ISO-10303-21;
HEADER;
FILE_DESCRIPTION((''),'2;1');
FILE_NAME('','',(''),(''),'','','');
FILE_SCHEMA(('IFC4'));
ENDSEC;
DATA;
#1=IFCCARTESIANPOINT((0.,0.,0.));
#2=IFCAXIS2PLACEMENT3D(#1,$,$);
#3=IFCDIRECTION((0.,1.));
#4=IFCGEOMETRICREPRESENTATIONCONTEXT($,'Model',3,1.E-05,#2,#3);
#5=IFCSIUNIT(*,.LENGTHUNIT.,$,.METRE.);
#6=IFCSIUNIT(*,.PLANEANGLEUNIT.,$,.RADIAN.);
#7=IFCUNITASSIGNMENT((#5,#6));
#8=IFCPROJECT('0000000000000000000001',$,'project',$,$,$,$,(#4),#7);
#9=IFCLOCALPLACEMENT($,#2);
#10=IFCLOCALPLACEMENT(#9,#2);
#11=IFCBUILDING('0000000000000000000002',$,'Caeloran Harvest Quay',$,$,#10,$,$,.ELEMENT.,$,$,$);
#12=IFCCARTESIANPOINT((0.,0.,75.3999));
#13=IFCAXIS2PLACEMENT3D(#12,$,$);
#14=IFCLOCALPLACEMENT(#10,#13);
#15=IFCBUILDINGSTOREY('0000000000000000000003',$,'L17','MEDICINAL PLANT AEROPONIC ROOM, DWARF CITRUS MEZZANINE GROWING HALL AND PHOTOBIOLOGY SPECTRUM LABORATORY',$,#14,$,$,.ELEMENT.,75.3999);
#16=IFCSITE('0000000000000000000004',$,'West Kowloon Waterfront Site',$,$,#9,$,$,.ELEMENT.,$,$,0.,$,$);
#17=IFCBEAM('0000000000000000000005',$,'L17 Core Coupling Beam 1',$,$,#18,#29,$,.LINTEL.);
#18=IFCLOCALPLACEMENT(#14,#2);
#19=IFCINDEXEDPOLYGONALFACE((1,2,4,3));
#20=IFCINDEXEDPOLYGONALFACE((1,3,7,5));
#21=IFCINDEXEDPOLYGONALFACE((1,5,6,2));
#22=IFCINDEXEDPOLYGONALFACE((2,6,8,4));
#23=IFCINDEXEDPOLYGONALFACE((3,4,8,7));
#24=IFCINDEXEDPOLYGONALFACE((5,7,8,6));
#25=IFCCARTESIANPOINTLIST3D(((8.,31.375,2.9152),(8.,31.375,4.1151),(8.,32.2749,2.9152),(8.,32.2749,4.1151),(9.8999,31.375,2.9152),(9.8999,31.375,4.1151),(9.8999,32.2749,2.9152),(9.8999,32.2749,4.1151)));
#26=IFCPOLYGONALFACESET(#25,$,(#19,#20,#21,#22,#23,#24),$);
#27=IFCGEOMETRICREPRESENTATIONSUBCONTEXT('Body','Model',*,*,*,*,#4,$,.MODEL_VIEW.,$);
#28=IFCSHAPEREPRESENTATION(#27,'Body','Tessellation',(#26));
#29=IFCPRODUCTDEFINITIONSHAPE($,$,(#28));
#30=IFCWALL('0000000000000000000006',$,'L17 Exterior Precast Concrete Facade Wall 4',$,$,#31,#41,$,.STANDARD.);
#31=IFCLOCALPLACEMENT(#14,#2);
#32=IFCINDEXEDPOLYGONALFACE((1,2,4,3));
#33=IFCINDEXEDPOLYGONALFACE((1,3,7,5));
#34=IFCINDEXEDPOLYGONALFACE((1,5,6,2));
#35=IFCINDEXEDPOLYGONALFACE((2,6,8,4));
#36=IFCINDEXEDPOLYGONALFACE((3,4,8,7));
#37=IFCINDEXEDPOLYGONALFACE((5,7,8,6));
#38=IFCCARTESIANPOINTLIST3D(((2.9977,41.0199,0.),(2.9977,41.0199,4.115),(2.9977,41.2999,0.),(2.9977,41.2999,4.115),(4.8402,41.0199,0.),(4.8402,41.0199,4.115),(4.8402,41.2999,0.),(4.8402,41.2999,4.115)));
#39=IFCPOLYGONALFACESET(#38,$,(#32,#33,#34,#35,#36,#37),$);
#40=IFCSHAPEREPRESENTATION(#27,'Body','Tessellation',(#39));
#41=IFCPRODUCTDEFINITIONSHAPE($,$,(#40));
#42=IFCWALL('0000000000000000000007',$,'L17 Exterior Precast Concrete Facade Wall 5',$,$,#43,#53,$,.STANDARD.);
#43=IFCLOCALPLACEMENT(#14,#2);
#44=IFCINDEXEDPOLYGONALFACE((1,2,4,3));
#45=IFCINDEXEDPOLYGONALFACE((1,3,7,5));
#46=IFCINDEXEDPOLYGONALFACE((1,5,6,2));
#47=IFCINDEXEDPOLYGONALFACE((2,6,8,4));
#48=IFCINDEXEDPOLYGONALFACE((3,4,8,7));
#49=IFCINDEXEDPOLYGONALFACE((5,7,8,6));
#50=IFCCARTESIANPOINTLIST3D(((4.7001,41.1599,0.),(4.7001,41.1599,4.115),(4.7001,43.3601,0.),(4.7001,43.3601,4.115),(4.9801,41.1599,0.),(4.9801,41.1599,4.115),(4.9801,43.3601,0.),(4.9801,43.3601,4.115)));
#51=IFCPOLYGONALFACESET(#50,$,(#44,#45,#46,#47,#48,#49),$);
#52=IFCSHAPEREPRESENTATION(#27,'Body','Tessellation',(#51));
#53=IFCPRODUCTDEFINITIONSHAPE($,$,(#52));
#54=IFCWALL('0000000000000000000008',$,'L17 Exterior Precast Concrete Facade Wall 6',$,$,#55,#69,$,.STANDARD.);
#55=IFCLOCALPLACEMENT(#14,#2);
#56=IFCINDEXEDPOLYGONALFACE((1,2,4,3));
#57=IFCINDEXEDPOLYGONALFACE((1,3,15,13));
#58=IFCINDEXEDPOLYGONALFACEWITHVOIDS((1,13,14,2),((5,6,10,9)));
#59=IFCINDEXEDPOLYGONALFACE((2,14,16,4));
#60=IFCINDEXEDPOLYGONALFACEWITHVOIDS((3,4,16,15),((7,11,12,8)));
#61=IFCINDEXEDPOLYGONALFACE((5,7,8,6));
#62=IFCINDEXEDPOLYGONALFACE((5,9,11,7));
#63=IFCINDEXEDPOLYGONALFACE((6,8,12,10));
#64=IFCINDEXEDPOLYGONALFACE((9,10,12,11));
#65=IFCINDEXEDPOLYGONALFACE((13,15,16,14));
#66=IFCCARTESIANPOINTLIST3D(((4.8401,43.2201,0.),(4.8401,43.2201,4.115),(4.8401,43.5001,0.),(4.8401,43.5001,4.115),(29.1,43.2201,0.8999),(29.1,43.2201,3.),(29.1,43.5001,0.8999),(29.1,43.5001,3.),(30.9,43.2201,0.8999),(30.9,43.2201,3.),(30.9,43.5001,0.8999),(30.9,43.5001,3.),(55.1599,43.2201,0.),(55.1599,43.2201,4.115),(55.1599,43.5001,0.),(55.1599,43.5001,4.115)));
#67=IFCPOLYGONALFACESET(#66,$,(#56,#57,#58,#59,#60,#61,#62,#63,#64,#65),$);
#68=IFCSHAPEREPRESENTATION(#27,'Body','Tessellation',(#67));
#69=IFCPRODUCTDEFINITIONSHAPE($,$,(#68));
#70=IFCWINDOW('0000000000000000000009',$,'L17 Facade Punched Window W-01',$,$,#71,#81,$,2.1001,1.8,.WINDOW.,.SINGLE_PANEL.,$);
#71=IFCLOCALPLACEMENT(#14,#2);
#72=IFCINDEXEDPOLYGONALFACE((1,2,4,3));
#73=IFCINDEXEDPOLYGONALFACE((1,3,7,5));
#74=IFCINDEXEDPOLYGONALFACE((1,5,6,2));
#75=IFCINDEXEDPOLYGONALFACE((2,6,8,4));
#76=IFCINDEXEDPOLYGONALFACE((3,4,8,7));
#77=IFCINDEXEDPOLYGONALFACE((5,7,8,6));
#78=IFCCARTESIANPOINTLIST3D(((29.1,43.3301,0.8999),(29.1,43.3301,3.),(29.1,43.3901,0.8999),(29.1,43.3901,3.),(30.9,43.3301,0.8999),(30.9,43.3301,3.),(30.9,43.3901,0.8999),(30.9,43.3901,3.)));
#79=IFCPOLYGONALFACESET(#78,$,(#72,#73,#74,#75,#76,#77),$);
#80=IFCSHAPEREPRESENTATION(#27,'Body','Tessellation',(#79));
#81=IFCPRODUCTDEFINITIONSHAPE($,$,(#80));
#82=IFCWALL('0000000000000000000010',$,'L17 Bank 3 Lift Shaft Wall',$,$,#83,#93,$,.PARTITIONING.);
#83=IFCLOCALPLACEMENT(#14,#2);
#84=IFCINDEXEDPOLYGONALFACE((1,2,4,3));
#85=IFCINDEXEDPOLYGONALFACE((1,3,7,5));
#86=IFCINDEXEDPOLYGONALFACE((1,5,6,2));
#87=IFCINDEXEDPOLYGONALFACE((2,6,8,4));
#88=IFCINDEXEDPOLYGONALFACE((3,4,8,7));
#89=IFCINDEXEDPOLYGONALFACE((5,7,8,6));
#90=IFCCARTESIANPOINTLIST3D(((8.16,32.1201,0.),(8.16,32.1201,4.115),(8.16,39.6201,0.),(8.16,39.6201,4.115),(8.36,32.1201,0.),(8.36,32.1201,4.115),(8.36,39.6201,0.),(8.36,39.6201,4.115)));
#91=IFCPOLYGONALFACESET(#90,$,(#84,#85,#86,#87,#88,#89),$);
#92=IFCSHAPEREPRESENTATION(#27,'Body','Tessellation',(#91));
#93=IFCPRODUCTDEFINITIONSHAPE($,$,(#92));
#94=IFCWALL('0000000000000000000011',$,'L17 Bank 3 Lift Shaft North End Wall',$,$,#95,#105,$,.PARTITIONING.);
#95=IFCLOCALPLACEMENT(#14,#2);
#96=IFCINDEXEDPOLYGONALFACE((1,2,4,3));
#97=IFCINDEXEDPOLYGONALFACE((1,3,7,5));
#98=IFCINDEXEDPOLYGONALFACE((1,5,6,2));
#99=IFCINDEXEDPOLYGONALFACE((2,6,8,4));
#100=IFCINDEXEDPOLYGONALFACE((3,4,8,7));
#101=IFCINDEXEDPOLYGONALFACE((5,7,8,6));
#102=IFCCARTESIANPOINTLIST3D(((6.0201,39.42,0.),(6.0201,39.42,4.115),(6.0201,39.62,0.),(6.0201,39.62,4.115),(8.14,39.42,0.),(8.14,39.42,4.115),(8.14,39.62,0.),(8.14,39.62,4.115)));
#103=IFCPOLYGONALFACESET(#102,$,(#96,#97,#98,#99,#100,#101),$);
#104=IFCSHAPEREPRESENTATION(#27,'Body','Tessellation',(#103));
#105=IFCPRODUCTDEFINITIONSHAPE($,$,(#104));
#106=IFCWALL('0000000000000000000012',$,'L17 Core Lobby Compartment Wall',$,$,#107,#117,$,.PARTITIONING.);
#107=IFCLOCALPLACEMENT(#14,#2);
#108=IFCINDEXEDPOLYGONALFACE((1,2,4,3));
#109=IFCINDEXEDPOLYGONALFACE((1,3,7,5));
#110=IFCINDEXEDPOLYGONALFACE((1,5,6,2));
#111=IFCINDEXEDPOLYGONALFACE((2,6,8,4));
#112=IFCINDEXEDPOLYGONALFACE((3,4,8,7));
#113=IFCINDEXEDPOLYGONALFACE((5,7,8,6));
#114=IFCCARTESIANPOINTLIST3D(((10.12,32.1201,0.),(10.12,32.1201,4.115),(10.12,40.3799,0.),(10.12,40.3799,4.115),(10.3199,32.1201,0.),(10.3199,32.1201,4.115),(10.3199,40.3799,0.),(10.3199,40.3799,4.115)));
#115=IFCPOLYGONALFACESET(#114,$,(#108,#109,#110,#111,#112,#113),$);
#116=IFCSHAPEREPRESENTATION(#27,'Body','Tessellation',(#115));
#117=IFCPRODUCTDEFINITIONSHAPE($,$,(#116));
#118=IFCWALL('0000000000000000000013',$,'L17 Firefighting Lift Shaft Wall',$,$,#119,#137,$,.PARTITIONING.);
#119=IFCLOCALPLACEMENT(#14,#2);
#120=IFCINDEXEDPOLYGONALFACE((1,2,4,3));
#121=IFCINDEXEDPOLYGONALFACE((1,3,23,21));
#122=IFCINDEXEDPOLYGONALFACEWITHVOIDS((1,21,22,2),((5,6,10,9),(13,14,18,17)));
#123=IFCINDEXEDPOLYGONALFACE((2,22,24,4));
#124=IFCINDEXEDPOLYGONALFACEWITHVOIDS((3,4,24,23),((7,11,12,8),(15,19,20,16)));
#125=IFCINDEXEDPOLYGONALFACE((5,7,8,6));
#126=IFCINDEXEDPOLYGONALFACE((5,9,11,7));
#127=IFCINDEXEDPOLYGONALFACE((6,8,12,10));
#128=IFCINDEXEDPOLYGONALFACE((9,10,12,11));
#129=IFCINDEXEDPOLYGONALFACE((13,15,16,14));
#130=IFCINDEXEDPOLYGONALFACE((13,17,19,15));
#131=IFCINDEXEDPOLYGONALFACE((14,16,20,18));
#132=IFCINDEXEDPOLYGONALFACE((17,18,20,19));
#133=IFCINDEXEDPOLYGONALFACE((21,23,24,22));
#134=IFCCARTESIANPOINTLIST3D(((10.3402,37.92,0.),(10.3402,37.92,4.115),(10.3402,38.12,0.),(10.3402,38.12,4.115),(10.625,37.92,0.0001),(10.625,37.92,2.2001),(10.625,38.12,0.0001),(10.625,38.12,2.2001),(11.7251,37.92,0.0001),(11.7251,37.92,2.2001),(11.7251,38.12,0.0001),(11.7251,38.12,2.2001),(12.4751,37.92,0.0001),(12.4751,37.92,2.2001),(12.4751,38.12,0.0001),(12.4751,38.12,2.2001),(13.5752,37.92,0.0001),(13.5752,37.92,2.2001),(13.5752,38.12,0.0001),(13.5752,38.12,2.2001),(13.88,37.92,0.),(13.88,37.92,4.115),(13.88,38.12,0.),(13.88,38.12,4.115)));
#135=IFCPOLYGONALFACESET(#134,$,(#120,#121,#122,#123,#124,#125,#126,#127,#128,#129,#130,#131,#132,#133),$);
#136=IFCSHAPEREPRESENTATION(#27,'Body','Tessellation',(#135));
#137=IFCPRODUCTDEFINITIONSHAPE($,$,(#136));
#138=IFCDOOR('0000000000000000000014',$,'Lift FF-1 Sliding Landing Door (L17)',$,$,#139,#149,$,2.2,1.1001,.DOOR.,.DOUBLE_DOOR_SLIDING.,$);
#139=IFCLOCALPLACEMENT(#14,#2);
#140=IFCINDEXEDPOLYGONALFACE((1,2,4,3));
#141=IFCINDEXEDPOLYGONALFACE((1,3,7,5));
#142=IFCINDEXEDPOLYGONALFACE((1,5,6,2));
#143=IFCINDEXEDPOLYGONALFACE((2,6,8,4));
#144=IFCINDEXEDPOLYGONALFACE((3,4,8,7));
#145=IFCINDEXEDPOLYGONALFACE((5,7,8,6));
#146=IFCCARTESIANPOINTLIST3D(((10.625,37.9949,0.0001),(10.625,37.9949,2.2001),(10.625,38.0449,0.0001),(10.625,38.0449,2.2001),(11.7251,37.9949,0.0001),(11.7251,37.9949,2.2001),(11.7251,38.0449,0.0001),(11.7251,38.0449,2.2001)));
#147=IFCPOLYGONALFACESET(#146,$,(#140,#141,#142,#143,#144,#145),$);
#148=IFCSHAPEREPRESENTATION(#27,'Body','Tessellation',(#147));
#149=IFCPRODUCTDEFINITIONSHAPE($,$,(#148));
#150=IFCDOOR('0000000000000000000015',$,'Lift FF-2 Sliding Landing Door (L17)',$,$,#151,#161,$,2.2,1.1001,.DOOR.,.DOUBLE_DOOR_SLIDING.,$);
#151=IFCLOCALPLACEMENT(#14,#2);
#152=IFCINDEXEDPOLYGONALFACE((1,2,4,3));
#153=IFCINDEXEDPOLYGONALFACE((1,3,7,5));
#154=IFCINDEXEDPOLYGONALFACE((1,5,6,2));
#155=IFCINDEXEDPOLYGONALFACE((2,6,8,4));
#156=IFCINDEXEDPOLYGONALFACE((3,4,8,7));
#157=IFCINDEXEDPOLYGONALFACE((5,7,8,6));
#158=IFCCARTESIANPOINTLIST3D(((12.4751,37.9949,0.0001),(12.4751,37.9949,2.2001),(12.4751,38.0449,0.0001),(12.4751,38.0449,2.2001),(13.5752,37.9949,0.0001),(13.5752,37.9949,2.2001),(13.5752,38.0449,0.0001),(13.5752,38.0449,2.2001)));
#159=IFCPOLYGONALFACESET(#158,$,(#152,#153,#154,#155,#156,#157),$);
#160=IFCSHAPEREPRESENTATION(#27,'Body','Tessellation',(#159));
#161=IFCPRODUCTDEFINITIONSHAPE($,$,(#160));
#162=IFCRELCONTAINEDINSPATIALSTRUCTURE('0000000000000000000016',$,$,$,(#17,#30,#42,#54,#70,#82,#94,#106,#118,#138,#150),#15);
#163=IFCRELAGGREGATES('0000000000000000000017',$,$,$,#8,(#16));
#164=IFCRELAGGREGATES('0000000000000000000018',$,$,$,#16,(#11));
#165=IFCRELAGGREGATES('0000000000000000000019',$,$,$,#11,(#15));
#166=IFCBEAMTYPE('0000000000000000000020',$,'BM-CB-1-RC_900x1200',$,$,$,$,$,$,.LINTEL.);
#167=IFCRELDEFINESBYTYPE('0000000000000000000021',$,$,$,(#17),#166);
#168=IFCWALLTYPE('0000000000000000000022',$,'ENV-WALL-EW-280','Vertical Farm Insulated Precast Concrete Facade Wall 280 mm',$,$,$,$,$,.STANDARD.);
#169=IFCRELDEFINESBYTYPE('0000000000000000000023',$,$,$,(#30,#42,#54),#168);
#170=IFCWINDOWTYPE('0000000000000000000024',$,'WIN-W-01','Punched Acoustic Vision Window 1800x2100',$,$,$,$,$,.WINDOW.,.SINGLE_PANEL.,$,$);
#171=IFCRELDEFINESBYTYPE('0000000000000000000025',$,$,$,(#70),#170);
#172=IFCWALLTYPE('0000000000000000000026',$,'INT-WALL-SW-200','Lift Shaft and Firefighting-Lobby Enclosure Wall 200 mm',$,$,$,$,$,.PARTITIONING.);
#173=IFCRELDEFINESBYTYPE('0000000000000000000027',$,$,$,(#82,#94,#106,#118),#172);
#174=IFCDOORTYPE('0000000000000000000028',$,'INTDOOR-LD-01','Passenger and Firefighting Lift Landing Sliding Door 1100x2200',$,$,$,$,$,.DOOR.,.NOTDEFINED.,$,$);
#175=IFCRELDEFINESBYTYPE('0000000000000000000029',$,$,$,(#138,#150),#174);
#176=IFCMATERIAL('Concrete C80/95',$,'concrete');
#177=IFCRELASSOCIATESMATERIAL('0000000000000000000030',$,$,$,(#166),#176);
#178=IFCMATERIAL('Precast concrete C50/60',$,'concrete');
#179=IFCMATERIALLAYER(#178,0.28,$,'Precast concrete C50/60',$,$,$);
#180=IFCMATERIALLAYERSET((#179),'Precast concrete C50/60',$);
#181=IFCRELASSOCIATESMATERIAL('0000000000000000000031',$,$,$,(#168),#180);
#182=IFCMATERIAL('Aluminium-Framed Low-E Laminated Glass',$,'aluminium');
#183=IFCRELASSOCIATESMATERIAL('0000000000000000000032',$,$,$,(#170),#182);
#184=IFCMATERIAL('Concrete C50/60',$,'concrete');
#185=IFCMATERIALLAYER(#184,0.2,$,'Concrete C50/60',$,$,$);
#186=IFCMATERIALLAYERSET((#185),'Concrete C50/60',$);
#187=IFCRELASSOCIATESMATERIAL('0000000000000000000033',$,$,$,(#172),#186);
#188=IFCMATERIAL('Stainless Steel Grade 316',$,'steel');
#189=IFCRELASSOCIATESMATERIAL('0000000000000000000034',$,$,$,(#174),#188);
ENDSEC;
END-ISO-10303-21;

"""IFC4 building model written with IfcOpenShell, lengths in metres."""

from ifc_helpers import new_model, si_unit, direction, frame, frame_2d, origin, origin_2d, place, context, subcontext, project, spatial, rectangle, extrude, material, layer, layer_set, material_profile, profile_set, type_object, element, fill, save


model = new_model("IFC4")

# Units and contexts
model_context = context("Model", 3, precision=1e-05, world=origin(), true_north=direction((0.0, 1.0)))
body_context = subcontext(model_context, "Body", "Model", "MODEL_VIEW")
ifc_project = project(units=[si_unit("LENGTHUNIT", "METRE"), si_unit("PLANEANGLEUNIT", "RADIAN")], contexts=[model_context])

# Site, building, storey
site_placement = place(None, origin())
site = spatial("IfcSite", under=ifc_project, at=site_placement, Name="West Kowloon Waterfront Site", CompositionType="ELEMENT", RefElevation=0.0)
building_placement = place(site_placement, origin())
building = spatial("IfcBuilding", under=site, at=building_placement, Name="Caeloran Harvest Quay", CompositionType="ELEMENT")
storey_placement = place(building_placement, frame((0.0, 0.0, 75.3999)))
storey = spatial("IfcBuildingStorey", under=building, at=storey_placement, Name="L17", Description="MEDICINAL PLANT AEROPONIC ROOM, DWARF CITRUS MEZZANINE GROWING HALL AND PHOTOBIOLOGY SPECTRUM LABORATORY", CompositionType="ELEMENT", Elevation=75.3999)

# Beam
ifc_material_1 = material(Name="Concrete C80/95", Category="concrete")
ifc_material_profile = material_profile(ifc_material_1, rectangle(XDim=0.8999, YDim=1.2, at=origin_2d()), Name="RC 900x1200")
ifc_profile_set = profile_set([ifc_material_profile], Name="Concrete C80/95")
beam_type = type_object("IfcBeamType", Name="BM-CB-1-RC_900x1200", PredefinedType="LINTEL", material=ifc_profile_set)
beam_placement = place(storey_placement, frame((8.0, 31.825, 3.5151), z_axis=(1.0, 0.0, 0.0), x_axis=(0.0, 1.0, 0.0)))
element("IfcBeam", 1, at=beam_placement, inside=storey, type_object=beam_type, Name="L17 Core Coupling Beam 1", PredefinedType="LINTEL", context=body_context, shape_type="SweptSolid", body=[
    extrude(rectangle(XDim=0.8999, YDim=1.2, at=origin_2d()), origin(), (0.0, 0.0, 1.0), 1.8999),
])

# Walls
ifc_material_2 = material(Name="Precast concrete C50/60", Category="concrete")
ifc_layer_1 = layer(ifc_material_2, 0.28, Name="Precast concrete C50/60")
ifc_layer_set_1 = layer_set([ifc_layer_1], Name="Precast concrete C50/60")
wall_type_1 = type_object("IfcWallType", Name="ENV-WALL-EW-280", Description="Vertical Farm Insulated Precast Concrete Facade Wall 280 mm", PredefinedType="STANDARD", material=ifc_layer_set_1)
wall_1_placement = place(storey_placement, frame((2.9976, 41.1599, 0.0), z_axis=(0.0, 0.0, 1.0), x_axis=(1.0, 0.0, 0.0)))
element("IfcWall", 2, at=wall_1_placement, inside=storey, type_object=wall_type_1, Name="L17 Exterior Precast Concrete Facade Wall 4", PredefinedType="STANDARD", context=body_context, shape_type="SweptSolid", body=[
    extrude(rectangle(XDim=1.8425, YDim=0.28, at=frame_2d((0.9214, 0.0))), origin(), (0.0, 0.0, 1.0), 4.115),
])
wall_2_placement = place(storey_placement, frame((4.8401, 41.1599, 0.0), z_axis=(0.0, 0.0, 1.0), x_axis=(0.0, 1.0, 0.0)))
element("IfcWall", 3, at=wall_2_placement, inside=storey, type_object=wall_type_1, Name="L17 Exterior Precast Concrete Facade Wall 5", PredefinedType="STANDARD", context=body_context, shape_type="SweptSolid", body=[
    extrude(rectangle(XDim=2.2002, YDim=0.28, at=frame_2d((1.1001, 0.0))), origin(), (0.0, 0.0, 1.0), 4.115),
])

# Wall, opening, window
wall_3_placement = place(storey_placement, frame((4.8401, 43.3601, 0.0), z_axis=(0.0, 0.0, 1.0), x_axis=(1.0, 0.0, 0.0)))
wall_3 = element("IfcWall", 4, at=wall_3_placement, inside=storey, type_object=wall_type_1, Name="L17 Exterior Precast Concrete Facade Wall 6", PredefinedType="STANDARD", context=body_context, shape_type="SweptSolid", body=[
    extrude(rectangle(XDim=50.3198, YDim=0.28, at=frame_2d((25.1599, 0.0))), origin(), (0.0, 0.0, 1.0), 4.115),
])
opening_1_placement = place(wall_3_placement, frame((24.26, 0.0, 0.8999)))
opening_1 = element("IfcOpeningElement", 5, at=opening_1_placement, cuts=wall_3, PredefinedType="OPENING", context=body_context, shape_type="SweptSolid", body=[
    extrude(rectangle(XDim=1.8, YDim=2.1001, at=frame_2d((0.8999, 1.05))), frame((0.0, 0.1499, 0.0), z_axis=(0.0, -1.0, 0.0), x_axis=(1.0, 0.0, 0.0)), (0.0, 0.0, 1.0), 0.3),
])
ifc_material_3 = material(Name="Aluminium-Framed Low-E Laminated Glass", Category="aluminium")
window_type = type_object("IfcWindowType", Name="WIN-W-01", Description="Punched Acoustic Vision Window 1800x2100", PartitioningType="SINGLE_PANEL", PredefinedType="WINDOW", material=ifc_material_3)
window_placement = place(opening_1_placement, origin())
window = element("IfcWindow", 6, at=window_placement, inside=storey, type_object=window_type, Name="L17 Facade Punched Window W-01", OverallHeight=2.1001, OverallWidth=1.8, PartitioningType="SINGLE_PANEL", PredefinedType="WINDOW", context=body_context, shape_type="SweptSolid", body=[
    extrude(rectangle(XDim=1.8, YDim=2.1001, at=frame_2d((0.8999, 1.05))), frame((0.0, 0.03, 0.0), z_axis=(0.0, -1.0, 0.0), x_axis=(1.0, 0.0, 0.0)), (0.0, 0.0, 1.0), 0.0601),
])
fill(opening_1, window)

# Walls
ifc_material_4 = material(Name="Concrete C50/60", Category="concrete")
ifc_layer_2 = layer(ifc_material_4, 0.2, Name="Concrete C50/60")
ifc_layer_set_2 = layer_set([ifc_layer_2], Name="Concrete C50/60")
wall_type_2 = type_object("IfcWallType", Name="INT-WALL-SW-200", Description="Lift Shaft and Firefighting-Lobby Enclosure Wall 200 mm", PredefinedType="PARTITIONING", material=ifc_layer_set_2)
wall_4_placement = place(storey_placement, frame((8.26, 32.1201, 0.0), z_axis=(0.0, 0.0, 1.0), x_axis=(0.0, 1.0, 0.0)))
element("IfcWall", 7, at=wall_4_placement, inside=storey, type_object=wall_type_2, Name="L17 Bank 3 Lift Shaft Wall", PredefinedType="PARTITIONING", context=body_context, shape_type="SweptSolid", body=[
    extrude(rectangle(XDim=7.5, YDim=0.2, at=frame_2d((3.75, 0.0))), origin(), (0.0, 0.0, 1.0), 4.115),
])
wall_5_placement = place(storey_placement, frame((6.02, 39.52, 0.0), z_axis=(0.0, 0.0, 1.0), x_axis=(1.0, 0.0, 0.0)))
element("IfcWall", 8, at=wall_5_placement, inside=storey, type_object=wall_type_2, Name="L17 Bank 3 Lift Shaft North End Wall", PredefinedType="PARTITIONING", context=body_context, shape_type="SweptSolid", body=[
    extrude(rectangle(XDim=2.1199, YDim=0.2, at=frame_2d((1.0601, 0.0))), origin(), (0.0, 0.0, 1.0), 4.115),
])
wall_6_placement = place(storey_placement, frame((10.22, 32.1201, 0.0), z_axis=(0.0, 0.0, 1.0), x_axis=(0.0, 1.0, 0.0)))
element("IfcWall", 9, at=wall_6_placement, inside=storey, type_object=wall_type_2, Name="L17 Core Lobby Compartment Wall", PredefinedType="PARTITIONING", context=body_context, shape_type="SweptSolid", body=[
    extrude(rectangle(XDim=8.2598, YDim=0.2, at=frame_2d((4.1299, 0.0))), origin(), (0.0, 0.0, 1.0), 4.115),
])

# Wall, openings, doors
wall_7_placement = place(storey_placement, frame((10.3401, 38.02, 0.0), z_axis=(0.0, 0.0, 1.0), x_axis=(1.0, 0.0, 0.0)))
wall_7 = element("IfcWall", 10, at=wall_7_placement, inside=storey, type_object=wall_type_2, Name="L17 Firefighting Lift Shaft Wall", PredefinedType="PARTITIONING", context=body_context, shape_type="SweptSolid", body=[
    extrude(rectangle(XDim=3.5398, YDim=0.2, at=frame_2d((1.77, 0.0))), origin(), (0.0, 0.0, 1.0), 4.115),
])
opening_2_placement = place(wall_7_placement, frame((0.2849, 0.0, 0.0)))
opening_2 = element("IfcOpeningElement", 11, at=opening_2_placement, cuts=wall_7, PredefinedType="OPENING", context=body_context, shape_type="SweptSolid", body=[
    extrude(rectangle(XDim=1.1001, YDim=2.2, at=frame_2d((0.55, 1.1001))), frame((0.0, 0.1099, 0.0), z_axis=(0.0, -1.0, 0.0), x_axis=(1.0, 0.0, 0.0)), (0.0, 0.0, 1.0), 0.22),
])
opening_3_placement = place(wall_7_placement, frame((2.135, 0.0, 0.0)))
opening_3 = element("IfcOpeningElement", 12, at=opening_3_placement, cuts=wall_7, PredefinedType="OPENING", context=body_context, shape_type="SweptSolid", body=[
    extrude(rectangle(XDim=1.1001, YDim=2.2, at=frame_2d((0.55, 1.1001))), frame((0.0, 0.1099, 0.0), z_axis=(0.0, -1.0, 0.0), x_axis=(1.0, 0.0, 0.0)), (0.0, 0.0, 1.0), 0.22),
])
ifc_material_5 = material(Name="Stainless Steel Grade 316", Category="steel")
door_type_1 = type_object("IfcDoorType", Name="INTDOOR-LD-01", Description="Passenger and Firefighting Lift Landing Sliding Door 1100x2200", OperationType="NOTDEFINED", PredefinedType="DOOR", material=ifc_material_5)
door_1_placement = place(opening_2_placement, origin())
door_1 = element("IfcDoor", 13, at=door_1_placement, inside=storey, type_object=door_type_1, Name="Lift FF-1 Sliding Landing Door (L17)", OperationType="DOUBLE_DOOR_SLIDING", OverallHeight=2.2, OverallWidth=1.1001, PredefinedType="DOOR", context=body_context, shape_type="SweptSolid", body=[
    extrude(rectangle(XDim=1.1001, YDim=2.2, at=frame_2d((0.55, 1.1001))), frame((0.0, 0.0249, 0.0), z_axis=(0.0, -1.0, 0.0), x_axis=(1.0, 0.0, 0.0)), (0.0, 0.0, 1.0), 0.05),
])
fill(opening_2, door_1)
door_2_placement = place(opening_3_placement, origin())
door_2 = element("IfcDoor", 14, at=door_2_placement, inside=storey, type_object=door_type_1, Name="Lift FF-2 Sliding Landing Door (L17)", OperationType="DOUBLE_DOOR_SLIDING", OverallHeight=2.2, OverallWidth=1.1001, PredefinedType="DOOR", context=body_context, shape_type="SweptSolid", body=[
    extrude(rectangle(XDim=1.1001, YDim=2.2, at=frame_2d((0.55, 1.1001))), frame((0.0, 0.0249, 0.0), z_axis=(0.0, -1.0, 0.0), x_axis=(1.0, 0.0, 0.0)), (0.0, 0.0, 1.0), 0.05),
])
fill(opening_3, door_2)

save(model, "model.ifc")
